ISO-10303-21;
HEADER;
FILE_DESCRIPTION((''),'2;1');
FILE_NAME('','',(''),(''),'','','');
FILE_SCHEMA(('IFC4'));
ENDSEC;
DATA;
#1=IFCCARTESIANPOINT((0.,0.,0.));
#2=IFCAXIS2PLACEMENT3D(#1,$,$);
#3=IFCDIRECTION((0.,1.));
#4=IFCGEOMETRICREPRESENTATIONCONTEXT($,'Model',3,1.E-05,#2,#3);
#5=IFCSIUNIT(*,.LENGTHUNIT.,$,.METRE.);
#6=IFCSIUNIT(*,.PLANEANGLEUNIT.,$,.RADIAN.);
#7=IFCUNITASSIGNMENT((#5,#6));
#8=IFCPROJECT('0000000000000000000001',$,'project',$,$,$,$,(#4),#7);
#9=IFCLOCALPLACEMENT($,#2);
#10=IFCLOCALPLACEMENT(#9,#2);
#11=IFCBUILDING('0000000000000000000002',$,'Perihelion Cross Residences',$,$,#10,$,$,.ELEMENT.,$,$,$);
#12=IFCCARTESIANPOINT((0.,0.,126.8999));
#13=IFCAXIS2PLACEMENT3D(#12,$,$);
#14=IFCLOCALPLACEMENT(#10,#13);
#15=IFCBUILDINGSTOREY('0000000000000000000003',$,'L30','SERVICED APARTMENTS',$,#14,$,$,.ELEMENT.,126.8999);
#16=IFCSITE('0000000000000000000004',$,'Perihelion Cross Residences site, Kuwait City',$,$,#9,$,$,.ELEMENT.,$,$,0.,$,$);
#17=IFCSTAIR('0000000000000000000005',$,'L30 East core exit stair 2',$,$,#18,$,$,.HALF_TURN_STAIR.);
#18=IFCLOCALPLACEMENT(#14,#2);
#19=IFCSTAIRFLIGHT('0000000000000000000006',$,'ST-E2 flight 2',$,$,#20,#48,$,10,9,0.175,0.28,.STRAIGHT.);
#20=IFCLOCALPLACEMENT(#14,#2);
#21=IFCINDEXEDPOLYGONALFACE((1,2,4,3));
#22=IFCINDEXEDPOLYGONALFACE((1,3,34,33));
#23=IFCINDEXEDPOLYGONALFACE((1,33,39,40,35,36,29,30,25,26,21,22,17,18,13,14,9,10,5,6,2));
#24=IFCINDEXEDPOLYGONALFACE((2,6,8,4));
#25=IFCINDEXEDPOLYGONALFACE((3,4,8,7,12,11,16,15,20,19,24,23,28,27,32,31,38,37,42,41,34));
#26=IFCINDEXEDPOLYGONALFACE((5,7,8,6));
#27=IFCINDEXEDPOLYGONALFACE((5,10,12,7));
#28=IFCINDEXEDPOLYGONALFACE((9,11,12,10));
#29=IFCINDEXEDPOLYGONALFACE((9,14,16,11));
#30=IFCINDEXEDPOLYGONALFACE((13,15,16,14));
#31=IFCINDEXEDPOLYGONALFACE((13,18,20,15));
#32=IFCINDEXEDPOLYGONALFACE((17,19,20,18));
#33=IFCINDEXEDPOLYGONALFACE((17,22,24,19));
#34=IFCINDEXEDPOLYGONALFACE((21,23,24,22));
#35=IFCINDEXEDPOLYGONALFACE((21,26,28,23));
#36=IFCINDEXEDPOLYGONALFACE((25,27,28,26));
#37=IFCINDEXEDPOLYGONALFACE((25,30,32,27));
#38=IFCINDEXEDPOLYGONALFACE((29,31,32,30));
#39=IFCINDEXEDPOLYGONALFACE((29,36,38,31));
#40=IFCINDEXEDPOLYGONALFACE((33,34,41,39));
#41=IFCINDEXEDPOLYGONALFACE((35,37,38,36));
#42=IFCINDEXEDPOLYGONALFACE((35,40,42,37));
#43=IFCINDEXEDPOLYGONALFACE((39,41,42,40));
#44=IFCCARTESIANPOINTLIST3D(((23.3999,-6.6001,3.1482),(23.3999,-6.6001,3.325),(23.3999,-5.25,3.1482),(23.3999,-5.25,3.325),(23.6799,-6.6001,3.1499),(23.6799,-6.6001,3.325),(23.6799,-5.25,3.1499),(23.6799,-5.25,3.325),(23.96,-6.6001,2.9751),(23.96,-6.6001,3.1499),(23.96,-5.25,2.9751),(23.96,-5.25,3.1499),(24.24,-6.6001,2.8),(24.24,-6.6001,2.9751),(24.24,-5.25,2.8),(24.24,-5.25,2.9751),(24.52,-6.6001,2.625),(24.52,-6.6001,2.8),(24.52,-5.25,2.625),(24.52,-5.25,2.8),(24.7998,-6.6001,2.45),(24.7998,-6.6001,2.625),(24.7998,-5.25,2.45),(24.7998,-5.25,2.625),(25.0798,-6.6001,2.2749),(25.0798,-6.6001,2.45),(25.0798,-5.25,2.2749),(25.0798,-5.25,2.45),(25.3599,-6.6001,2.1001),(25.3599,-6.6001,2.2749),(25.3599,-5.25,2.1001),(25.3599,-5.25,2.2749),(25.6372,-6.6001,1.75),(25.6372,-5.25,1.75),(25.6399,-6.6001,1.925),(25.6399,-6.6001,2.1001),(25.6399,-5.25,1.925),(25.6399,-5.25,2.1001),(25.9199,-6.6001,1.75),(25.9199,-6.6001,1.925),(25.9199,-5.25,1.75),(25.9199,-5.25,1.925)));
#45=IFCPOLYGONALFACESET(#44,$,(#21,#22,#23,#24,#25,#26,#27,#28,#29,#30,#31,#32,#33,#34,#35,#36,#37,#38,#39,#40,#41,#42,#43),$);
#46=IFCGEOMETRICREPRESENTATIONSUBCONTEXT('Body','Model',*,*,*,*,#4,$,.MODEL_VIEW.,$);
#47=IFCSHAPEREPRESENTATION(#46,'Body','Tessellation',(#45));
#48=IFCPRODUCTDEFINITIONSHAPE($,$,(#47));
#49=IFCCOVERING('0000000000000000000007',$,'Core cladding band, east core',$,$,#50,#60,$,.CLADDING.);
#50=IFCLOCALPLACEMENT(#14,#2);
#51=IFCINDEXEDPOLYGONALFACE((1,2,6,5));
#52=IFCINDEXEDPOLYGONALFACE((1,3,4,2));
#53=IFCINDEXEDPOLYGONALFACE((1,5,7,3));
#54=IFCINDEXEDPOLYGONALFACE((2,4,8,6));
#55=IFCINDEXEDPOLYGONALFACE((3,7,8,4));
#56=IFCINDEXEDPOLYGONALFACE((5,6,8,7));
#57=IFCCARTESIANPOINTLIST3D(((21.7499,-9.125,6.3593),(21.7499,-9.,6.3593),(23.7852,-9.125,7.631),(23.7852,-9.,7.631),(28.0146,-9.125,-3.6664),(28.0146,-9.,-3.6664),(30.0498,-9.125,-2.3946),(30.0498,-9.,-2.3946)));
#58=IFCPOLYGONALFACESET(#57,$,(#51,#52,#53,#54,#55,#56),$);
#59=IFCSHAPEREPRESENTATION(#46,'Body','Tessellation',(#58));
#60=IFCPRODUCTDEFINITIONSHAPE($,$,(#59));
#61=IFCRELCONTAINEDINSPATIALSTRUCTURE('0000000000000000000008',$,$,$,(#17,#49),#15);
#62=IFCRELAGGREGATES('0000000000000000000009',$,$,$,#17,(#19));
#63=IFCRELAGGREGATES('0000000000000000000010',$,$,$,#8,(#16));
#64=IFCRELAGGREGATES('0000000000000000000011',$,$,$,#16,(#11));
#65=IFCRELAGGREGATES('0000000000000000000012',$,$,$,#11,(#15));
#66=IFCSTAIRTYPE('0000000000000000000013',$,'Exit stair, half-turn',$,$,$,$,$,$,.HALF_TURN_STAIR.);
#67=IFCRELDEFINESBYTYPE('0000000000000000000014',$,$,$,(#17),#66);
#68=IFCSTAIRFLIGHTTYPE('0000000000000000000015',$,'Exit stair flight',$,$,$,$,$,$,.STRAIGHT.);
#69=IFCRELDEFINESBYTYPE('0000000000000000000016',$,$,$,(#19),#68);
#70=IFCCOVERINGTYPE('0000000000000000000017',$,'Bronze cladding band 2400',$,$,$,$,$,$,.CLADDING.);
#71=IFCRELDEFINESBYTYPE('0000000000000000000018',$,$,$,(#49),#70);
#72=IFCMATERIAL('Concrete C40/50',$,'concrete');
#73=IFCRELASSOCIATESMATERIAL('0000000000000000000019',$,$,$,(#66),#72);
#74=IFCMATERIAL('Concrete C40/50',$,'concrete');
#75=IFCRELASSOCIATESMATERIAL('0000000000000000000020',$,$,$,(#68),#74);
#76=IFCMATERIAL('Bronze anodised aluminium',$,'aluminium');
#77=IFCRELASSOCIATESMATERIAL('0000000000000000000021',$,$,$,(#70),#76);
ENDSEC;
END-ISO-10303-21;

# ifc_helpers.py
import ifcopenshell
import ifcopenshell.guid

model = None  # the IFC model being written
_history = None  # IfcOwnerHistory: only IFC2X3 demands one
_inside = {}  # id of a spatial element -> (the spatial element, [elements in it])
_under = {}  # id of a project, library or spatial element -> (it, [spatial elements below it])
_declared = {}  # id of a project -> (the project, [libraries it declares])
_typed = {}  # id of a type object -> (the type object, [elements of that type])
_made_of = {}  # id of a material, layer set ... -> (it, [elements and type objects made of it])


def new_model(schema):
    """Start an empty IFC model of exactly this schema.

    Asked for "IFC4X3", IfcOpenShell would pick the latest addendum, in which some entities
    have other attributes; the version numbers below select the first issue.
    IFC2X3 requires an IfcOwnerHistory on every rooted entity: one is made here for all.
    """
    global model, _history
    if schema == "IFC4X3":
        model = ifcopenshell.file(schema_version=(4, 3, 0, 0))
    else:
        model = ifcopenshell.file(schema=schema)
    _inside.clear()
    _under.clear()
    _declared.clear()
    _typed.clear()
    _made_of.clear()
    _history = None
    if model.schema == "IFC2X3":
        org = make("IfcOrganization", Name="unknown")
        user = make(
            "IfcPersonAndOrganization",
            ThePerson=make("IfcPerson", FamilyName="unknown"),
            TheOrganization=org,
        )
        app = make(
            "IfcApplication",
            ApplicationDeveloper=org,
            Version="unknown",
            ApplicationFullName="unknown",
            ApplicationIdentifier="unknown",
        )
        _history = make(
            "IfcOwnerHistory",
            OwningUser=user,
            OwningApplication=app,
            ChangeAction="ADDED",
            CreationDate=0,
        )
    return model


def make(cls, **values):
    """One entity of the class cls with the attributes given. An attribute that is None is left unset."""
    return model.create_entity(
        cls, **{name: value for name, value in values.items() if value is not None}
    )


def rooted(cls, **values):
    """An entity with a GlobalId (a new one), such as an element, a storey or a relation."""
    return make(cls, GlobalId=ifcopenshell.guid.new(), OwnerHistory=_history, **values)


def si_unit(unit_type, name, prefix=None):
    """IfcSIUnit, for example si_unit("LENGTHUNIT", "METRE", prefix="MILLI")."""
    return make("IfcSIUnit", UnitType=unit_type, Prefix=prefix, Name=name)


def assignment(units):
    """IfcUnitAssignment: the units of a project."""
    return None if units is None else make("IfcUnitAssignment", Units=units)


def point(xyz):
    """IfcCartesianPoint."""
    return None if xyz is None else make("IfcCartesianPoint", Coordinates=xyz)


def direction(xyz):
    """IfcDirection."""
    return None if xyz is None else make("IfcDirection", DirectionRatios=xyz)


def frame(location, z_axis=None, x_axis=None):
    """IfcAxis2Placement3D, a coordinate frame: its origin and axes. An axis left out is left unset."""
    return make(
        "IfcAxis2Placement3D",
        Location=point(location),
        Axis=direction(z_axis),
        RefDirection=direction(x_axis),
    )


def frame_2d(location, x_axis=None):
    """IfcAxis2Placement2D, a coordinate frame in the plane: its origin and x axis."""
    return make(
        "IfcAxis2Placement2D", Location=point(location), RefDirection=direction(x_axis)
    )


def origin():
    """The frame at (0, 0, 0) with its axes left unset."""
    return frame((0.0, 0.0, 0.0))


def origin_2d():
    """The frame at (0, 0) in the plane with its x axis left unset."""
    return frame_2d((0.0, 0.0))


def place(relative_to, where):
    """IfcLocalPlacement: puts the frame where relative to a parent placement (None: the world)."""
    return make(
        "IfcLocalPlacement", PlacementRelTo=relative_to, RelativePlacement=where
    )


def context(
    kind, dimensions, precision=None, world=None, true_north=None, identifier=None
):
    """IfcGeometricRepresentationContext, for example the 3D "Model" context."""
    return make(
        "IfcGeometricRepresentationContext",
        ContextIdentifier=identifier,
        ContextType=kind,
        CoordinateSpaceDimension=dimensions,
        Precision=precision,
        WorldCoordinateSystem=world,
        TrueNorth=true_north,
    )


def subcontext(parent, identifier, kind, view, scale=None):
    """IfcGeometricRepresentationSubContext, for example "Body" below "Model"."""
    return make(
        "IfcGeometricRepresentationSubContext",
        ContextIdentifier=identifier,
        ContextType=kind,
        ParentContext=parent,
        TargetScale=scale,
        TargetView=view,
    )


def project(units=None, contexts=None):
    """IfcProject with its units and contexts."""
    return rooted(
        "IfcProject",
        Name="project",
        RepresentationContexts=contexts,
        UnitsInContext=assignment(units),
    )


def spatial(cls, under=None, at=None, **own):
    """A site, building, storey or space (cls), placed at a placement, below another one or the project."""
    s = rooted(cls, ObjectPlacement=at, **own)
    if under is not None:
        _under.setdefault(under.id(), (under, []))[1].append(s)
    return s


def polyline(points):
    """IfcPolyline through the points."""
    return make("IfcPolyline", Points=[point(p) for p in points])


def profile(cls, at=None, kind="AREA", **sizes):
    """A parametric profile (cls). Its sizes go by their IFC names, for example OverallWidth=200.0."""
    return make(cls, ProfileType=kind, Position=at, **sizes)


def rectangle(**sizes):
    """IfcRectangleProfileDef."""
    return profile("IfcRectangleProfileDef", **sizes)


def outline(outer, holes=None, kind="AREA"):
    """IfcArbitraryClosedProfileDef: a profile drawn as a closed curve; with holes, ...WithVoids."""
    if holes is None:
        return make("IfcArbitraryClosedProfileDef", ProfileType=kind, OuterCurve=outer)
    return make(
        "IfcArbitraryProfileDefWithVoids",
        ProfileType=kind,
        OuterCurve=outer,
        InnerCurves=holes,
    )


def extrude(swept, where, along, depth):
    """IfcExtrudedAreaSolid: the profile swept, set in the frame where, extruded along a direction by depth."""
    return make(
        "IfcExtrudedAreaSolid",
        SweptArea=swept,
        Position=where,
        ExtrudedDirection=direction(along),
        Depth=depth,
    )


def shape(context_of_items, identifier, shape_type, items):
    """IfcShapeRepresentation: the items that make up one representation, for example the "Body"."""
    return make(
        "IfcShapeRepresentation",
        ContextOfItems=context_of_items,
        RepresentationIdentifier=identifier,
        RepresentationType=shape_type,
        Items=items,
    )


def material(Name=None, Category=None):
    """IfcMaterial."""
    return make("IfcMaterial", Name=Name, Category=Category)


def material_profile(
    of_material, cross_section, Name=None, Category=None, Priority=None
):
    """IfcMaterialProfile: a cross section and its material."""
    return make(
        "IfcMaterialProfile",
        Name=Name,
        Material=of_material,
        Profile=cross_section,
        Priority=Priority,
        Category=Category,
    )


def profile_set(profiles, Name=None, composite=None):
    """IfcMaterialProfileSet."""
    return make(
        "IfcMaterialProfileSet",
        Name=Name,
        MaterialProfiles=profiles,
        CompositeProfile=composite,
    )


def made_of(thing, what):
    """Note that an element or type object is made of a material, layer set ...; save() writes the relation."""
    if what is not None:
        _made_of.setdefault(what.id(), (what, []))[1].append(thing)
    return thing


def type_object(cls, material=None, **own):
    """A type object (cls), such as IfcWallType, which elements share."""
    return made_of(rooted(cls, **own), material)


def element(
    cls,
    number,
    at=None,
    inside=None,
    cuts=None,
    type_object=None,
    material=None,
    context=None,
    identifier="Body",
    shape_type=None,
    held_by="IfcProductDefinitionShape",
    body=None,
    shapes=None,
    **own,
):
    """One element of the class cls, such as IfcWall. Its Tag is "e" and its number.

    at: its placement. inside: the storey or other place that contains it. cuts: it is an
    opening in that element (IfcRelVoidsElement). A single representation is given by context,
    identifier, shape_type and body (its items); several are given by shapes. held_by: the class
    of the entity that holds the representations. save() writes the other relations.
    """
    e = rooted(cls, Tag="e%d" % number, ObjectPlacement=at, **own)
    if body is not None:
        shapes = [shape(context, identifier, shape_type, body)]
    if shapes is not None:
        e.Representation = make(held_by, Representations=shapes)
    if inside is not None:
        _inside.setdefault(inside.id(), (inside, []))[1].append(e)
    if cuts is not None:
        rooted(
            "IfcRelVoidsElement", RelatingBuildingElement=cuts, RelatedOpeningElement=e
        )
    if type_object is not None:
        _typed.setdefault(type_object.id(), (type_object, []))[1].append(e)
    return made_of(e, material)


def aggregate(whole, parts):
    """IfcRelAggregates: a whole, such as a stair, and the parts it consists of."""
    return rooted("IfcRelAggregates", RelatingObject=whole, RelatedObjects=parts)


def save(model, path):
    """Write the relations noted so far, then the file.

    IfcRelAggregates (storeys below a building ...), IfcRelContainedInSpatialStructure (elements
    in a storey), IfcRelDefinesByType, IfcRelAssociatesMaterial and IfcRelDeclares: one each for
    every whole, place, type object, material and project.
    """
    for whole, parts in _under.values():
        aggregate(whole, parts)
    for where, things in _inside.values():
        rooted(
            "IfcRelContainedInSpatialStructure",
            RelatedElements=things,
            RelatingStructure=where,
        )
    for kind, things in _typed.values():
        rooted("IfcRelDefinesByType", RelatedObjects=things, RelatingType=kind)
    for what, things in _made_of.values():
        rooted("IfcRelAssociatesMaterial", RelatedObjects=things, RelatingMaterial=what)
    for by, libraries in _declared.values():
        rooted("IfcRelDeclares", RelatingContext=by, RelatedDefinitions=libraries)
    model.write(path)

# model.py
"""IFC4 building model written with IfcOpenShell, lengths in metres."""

from ifc_helpers import new_model, si_unit, direction, frame, origin, origin_2d, place, context, subcontext, project, spatial, polyline, rectangle, outline, extrude, material, material_profile, profile_set, type_object, element, aggregate, save


model = new_model("IFC4")

# Units and contexts
model_context = context("Model", 3, precision=1e-05, world=origin(), true_north=direction((0.0, 1.0)))
body_context = subcontext(model_context, "Body", "Model", "MODEL_VIEW")
ifc_project = project(units=[si_unit("LENGTHUNIT", "METRE"), si_unit("PLANEANGLEUNIT", "RADIAN")], contexts=[model_context])

# Site, building, storey
site_placement = place(None, origin())
site = spatial("IfcSite", under=ifc_project, at=site_placement, Name="Perihelion Cross Residences site, Kuwait City", CompositionType="ELEMENT", RefElevation=0.0)
building_placement = place(site_placement, origin())
building = spatial("IfcBuilding", under=site, at=building_placement, Name="Perihelion Cross Residences", CompositionType="ELEMENT")
storey_placement = place(building_placement, frame((0.0, 0.0, 126.8999)))
storey = spatial("IfcBuildingStorey", under=building, at=storey_placement, Name="L30", Description="SERVICED APARTMENTS", CompositionType="ELEMENT", Elevation=126.8999)

# Stair, stair flight
ifc_material_1 = material(Name="Concrete C40/50", Category="concrete")
stair_type = type_object("IfcStairType", Name="Exit stair, half-turn", PredefinedType="HALF_TURN_STAIR", material=ifc_material_1)
stair_placement = place(storey_placement, origin())
stair = element("IfcStair", 1, at=stair_placement, inside=storey, type_object=stair_type, Name="L30 East core exit stair 2", PredefinedType="HALF_TURN_STAIR")
ifc_material_2 = material(Name="Concrete C40/50", Category="concrete")
stair_flight_type = type_object("IfcStairFlightType", Name="Exit stair flight", PredefinedType="STRAIGHT", material=ifc_material_2)
stair_flight_placement = place(storey_placement, frame((25.9199, -5.925, 1.75), z_axis=(0.0, 0.0, 1.0), x_axis=(-1.0, 0.0, 0.0)))
stair_flight = element("IfcStairFlight", 2, at=stair_flight_placement, type_object=stair_flight_type, Name="ST-E2 flight 2", NumberOfRisers=10, NumberOfTreads=9, PredefinedType="STRAIGHT", RiserHeight=0.175, TreadLength=0.28, context=body_context, shape_type="SweptSolid", body=[
    extrude(outline(polyline([(0.0, 0.0), (0.0, 0.175), (0.28, 0.175), (0.28, 0.3501), (0.5601, 0.3501), (0.5601, 0.5249), (0.8401, 0.5249), (0.8401, 0.7), (1.1201, 0.7), (1.1201, 0.875), (1.3999, 0.875), (1.3999, 1.05), (1.6799, 1.05), (1.6799, 1.2251), (1.96, 1.2251), (1.96, 1.3999), (2.24, 1.3999), (2.24, 1.575), (2.52, 1.575), (2.52, 1.75), (2.52, 1.3982), (0.2827, 0.0), (0.0, 0.0)])), frame((0.0, 0.675, 0.0), z_axis=(0.0, -1.0, 0.0), x_axis=(1.0, 0.0, 0.0)), (0.0, 0.0, 1.0), 1.3501),
])
aggregate(stair, [stair_flight])

# Covering
ifc_material_3 = material(Name="Bronze anodised aluminium", Category="aluminium")
ifc_material_profile = material_profile(ifc_material_3, rectangle(XDim=0.125, YDim=2.3999, at=origin_2d()), Name="Bronze cladding band 2400")
ifc_profile_set = profile_set([ifc_material_profile], Name="Bronze anodised aluminium")
covering_type = type_object("IfcCoveringType", Name="Bronze cladding band 2400", PredefinedType="CLADDING", material=ifc_profile_set)
covering_placement = place(storey_placement, frame((29.0322, -9.0625, -3.0305), z_axis=(-0.529915, 0.0, 0.848051), x_axis=(0.0, -1.0, 0.0)))
element("IfcCovering", 3, at=covering_placement, inside=storey, type_object=covering_type, Name="Core cladding band, east core", PredefinedType="CLADDING", context=body_context, shape_type="SweptSolid", body=[
    extrude(rectangle(XDim=0.125, YDim=2.3999, at=origin_2d()), origin(), (0.0, 0.0, 1.0), 11.822),
])

save(model, "model.ifc")
